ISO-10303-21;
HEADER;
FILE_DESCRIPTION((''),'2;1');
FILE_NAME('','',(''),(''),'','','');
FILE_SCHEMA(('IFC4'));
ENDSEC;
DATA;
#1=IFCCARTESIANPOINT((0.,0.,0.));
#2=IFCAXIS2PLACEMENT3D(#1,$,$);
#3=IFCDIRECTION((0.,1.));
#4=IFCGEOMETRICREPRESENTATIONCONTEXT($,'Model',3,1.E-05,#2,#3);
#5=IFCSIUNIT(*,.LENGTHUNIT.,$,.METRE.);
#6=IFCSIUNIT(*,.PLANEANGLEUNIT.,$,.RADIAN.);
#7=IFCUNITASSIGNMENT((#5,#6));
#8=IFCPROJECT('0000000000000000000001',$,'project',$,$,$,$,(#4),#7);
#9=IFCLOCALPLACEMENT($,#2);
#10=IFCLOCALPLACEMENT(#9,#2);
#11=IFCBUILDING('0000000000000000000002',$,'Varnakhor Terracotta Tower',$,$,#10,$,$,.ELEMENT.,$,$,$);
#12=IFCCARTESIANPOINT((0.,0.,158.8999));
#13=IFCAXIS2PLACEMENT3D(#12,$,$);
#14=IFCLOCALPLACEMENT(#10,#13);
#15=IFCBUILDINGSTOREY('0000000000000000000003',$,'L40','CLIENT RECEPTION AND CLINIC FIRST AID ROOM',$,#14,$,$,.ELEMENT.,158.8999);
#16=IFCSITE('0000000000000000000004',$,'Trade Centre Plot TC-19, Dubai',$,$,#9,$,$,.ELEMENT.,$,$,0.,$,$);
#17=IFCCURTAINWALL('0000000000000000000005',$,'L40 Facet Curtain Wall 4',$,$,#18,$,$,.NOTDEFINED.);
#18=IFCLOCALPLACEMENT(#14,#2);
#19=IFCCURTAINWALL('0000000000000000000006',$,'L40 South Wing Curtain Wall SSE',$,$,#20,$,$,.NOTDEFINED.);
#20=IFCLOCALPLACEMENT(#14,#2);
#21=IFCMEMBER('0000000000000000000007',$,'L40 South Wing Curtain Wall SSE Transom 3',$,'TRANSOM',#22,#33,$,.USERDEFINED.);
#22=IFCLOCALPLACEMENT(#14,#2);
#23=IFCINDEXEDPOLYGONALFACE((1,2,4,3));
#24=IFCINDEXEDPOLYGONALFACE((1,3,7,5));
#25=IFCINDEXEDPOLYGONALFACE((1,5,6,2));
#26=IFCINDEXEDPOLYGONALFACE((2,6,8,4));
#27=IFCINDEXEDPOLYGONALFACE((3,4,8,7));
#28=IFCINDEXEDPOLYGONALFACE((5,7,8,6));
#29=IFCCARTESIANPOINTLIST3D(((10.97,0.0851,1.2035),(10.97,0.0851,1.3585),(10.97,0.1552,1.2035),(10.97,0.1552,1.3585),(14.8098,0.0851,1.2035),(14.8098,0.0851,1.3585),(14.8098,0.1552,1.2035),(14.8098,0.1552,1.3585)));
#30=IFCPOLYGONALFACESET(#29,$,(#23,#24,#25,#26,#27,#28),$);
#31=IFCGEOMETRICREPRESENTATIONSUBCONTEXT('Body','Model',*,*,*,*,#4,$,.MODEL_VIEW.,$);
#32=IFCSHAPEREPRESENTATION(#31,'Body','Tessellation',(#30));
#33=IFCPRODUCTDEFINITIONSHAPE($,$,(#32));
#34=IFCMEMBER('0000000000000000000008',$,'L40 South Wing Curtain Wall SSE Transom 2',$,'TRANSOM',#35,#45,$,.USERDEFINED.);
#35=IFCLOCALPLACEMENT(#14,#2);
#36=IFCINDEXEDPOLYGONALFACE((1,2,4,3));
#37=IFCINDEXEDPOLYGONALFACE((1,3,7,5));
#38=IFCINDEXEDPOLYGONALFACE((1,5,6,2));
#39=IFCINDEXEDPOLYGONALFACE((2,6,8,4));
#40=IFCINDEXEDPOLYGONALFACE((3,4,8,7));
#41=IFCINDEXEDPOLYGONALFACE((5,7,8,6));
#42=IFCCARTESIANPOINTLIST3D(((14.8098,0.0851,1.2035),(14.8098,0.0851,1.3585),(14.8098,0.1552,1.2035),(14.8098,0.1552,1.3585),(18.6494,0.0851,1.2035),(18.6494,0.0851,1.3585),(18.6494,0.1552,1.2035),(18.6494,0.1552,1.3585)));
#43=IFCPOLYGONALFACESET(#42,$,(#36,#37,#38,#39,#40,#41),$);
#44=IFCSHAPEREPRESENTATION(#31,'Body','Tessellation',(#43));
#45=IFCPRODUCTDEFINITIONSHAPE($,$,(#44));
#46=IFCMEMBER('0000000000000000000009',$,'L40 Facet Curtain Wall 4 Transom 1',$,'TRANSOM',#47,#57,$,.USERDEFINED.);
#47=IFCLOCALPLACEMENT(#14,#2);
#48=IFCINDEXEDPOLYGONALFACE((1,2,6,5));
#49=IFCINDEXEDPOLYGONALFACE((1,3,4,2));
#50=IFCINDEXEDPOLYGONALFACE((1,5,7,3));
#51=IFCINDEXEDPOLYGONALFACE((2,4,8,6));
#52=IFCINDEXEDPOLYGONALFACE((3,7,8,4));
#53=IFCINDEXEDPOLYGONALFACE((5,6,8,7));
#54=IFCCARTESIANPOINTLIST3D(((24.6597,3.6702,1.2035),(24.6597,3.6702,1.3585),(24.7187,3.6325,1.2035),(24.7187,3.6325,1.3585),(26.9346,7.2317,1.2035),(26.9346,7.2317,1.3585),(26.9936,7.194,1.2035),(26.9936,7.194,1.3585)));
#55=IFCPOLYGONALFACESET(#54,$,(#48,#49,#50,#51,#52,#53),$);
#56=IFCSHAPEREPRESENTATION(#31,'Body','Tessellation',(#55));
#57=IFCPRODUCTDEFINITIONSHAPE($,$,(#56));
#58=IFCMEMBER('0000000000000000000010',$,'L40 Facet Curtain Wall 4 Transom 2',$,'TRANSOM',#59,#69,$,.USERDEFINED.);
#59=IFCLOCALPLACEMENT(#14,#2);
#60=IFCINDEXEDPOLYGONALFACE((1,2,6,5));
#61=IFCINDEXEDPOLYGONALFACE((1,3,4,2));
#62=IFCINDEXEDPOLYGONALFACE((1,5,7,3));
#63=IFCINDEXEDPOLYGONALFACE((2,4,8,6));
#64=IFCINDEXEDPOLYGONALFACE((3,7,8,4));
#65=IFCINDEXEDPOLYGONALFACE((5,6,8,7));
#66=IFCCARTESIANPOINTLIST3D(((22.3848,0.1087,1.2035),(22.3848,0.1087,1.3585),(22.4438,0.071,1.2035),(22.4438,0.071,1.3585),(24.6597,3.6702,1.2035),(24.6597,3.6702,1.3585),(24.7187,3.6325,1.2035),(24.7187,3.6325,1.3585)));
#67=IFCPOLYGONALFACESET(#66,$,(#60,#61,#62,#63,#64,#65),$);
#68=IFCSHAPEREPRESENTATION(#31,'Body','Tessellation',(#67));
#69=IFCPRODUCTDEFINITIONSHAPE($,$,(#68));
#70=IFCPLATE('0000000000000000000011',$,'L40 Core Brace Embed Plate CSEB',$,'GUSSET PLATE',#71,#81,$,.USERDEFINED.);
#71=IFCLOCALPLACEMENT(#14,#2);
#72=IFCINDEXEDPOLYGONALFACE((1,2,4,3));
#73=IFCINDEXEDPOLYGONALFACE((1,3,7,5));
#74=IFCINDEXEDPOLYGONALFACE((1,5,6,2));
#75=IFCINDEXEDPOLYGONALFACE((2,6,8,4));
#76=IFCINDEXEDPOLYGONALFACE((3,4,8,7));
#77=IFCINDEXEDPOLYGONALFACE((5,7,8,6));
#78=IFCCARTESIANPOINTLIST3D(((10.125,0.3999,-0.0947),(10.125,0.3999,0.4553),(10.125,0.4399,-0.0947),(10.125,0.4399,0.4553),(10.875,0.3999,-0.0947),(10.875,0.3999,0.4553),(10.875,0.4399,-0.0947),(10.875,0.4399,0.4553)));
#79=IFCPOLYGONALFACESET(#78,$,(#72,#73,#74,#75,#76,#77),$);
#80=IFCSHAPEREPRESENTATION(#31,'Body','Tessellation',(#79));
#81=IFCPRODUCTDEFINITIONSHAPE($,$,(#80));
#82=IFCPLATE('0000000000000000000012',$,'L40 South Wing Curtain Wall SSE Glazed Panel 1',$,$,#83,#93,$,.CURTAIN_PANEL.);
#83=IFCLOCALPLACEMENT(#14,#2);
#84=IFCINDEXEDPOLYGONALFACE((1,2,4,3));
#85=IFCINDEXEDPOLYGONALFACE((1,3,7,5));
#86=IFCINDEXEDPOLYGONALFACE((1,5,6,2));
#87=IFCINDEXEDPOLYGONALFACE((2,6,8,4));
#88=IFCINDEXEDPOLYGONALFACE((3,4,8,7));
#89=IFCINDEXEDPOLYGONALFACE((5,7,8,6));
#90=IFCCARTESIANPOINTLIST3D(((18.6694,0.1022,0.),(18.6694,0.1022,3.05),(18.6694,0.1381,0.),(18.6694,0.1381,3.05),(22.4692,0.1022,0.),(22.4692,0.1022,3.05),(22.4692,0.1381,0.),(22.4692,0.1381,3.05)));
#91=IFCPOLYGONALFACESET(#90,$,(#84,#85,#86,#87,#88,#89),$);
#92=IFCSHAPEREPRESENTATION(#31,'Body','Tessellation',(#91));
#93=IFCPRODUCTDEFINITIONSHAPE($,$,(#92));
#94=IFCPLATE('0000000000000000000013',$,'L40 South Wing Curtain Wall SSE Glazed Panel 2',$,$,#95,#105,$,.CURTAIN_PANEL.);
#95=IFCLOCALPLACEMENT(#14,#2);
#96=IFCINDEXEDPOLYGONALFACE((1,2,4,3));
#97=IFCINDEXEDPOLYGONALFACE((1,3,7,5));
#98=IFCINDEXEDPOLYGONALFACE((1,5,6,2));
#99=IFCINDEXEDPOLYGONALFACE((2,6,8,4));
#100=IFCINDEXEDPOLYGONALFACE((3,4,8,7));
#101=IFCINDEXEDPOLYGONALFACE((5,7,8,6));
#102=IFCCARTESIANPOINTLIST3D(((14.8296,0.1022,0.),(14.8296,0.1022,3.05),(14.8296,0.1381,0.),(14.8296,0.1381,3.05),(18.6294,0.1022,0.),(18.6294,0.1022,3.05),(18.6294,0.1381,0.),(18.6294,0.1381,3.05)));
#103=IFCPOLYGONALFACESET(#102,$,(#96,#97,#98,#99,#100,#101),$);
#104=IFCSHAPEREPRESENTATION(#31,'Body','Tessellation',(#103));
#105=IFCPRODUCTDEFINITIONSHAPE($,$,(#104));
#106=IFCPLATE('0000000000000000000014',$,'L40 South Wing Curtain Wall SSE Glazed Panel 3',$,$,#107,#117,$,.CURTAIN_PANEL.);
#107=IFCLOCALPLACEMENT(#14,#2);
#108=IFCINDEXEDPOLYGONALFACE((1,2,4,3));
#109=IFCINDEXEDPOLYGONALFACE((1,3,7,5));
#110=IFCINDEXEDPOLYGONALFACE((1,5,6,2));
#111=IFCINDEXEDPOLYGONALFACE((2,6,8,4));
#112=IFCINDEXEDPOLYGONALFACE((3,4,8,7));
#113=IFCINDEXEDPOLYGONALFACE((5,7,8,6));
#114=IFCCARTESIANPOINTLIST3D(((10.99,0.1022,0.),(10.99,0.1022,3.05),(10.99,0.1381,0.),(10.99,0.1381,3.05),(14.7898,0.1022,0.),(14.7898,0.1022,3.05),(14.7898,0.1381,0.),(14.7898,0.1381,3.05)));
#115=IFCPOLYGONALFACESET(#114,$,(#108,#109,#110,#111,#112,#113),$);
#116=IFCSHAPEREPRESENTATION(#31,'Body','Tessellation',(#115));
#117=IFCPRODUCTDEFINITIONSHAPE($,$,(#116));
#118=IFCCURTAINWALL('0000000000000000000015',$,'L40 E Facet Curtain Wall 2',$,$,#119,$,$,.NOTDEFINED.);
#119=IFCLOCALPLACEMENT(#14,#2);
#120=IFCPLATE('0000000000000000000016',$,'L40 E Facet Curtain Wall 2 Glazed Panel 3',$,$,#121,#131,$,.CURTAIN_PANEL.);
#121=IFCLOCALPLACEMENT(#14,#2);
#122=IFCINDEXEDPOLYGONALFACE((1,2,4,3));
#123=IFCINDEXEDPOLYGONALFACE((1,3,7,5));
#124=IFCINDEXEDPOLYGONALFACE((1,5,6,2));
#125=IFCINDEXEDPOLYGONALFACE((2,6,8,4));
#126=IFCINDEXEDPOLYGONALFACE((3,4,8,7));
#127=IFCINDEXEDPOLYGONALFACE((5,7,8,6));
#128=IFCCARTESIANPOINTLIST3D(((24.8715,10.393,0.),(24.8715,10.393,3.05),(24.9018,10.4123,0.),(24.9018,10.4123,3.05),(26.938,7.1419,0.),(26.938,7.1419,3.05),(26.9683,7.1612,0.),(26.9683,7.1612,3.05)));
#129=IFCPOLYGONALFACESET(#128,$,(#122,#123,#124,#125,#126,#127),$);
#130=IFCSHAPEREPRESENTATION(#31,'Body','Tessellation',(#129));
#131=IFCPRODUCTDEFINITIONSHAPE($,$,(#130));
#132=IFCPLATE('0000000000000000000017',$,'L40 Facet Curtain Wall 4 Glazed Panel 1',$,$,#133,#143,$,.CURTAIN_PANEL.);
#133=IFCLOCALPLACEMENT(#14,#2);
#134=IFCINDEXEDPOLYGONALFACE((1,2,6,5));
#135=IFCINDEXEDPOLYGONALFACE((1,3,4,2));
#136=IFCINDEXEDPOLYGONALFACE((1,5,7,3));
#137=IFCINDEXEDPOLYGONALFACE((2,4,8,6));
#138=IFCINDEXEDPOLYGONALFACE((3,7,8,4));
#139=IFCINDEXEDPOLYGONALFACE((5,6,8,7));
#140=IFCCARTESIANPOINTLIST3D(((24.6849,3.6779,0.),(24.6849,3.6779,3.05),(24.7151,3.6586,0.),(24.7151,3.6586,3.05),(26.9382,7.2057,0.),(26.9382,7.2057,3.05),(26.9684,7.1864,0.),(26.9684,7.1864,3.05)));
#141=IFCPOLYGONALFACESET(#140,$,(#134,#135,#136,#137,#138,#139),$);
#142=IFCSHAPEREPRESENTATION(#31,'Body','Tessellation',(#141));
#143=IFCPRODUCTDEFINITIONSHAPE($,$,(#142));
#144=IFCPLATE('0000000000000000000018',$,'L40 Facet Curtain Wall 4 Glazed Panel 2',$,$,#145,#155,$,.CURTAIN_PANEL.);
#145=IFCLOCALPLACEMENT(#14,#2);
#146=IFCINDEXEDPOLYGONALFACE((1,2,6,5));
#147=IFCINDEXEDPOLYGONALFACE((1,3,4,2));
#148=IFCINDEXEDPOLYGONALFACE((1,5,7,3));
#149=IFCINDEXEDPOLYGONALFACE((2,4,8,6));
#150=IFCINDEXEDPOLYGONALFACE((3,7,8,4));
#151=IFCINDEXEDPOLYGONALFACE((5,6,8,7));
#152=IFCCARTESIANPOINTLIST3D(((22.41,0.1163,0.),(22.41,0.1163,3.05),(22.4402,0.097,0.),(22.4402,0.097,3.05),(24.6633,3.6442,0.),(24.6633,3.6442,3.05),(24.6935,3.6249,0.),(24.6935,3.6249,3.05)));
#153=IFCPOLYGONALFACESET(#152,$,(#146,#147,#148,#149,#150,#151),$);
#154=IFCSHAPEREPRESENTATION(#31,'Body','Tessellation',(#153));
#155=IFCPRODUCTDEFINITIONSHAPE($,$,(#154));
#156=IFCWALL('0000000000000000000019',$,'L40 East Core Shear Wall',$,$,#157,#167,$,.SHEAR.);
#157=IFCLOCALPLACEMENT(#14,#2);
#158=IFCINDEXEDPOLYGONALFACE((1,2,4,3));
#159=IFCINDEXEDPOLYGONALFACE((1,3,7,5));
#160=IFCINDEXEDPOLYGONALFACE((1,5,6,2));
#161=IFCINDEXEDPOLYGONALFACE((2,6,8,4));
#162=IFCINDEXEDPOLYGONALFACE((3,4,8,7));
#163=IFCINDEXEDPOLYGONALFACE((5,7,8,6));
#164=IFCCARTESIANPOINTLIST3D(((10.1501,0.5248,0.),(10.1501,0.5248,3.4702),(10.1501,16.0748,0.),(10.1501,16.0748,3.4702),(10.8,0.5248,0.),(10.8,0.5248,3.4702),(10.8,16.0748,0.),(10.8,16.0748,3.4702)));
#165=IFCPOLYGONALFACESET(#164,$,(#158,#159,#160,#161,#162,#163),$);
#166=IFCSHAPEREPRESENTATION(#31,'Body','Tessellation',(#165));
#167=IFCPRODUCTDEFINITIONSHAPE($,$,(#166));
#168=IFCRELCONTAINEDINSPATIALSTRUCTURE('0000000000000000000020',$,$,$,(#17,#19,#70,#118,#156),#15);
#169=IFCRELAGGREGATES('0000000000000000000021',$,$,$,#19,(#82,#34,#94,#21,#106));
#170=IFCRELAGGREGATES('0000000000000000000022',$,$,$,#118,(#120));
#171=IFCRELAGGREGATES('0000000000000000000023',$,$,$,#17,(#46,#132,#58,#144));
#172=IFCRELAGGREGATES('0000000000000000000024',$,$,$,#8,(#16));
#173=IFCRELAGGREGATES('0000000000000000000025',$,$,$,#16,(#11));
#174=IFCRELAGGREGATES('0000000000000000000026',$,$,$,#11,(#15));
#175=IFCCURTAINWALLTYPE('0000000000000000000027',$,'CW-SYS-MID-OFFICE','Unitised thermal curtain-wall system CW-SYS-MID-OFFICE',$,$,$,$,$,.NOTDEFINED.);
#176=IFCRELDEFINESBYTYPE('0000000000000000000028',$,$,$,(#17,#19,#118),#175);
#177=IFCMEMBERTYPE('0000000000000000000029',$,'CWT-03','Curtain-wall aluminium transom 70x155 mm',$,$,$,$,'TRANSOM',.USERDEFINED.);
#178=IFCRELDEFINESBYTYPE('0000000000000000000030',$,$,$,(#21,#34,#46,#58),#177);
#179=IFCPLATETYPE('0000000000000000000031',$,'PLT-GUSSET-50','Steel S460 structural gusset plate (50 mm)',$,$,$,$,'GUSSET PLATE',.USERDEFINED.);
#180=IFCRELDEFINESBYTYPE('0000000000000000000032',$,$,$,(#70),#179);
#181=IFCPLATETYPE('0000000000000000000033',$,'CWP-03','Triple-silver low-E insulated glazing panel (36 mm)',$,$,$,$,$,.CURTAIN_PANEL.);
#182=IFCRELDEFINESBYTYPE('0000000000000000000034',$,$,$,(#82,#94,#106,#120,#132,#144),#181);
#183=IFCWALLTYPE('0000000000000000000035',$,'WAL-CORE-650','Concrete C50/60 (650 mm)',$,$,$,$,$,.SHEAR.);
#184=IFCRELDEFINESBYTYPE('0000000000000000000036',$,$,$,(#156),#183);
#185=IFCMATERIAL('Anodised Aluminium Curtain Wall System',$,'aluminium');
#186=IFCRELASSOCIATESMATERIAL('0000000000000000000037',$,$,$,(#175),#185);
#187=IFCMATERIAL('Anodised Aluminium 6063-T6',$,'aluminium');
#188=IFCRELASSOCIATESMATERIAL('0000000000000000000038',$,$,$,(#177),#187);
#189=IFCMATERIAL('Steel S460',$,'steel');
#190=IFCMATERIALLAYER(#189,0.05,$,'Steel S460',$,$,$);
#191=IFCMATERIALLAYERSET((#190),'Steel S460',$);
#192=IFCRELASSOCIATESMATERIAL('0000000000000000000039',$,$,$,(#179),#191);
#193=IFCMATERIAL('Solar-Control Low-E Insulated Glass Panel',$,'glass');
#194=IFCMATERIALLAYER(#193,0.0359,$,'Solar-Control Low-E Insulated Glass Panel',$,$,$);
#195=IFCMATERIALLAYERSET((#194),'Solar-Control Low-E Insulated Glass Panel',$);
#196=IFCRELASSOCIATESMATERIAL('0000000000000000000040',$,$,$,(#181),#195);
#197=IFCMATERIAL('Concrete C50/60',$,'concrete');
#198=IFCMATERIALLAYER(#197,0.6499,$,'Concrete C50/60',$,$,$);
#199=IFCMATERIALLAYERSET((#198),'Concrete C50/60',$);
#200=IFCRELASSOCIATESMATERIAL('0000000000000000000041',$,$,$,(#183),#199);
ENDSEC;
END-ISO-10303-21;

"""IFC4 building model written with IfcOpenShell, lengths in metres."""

from ifc_helpers import new_model, si_unit, direction, frame, frame_2d, origin, origin_2d, place, context, subcontext, project, spatial, rectangle, extrude, source, transform, mapped, material, layer, layer_set, material_profile, profile_set, type_object, type_shapes, element, aggregate, save


model = new_model("IFC4")

# Units and contexts
model_context = context("Model", 3, precision=1e-05, world=origin(), true_north=direction((0.0, 1.0)))
body_context = subcontext(model_context, "Body", "Model", "MODEL_VIEW")
ifc_project = project(units=[si_unit("LENGTHUNIT", "METRE"), si_unit("PLANEANGLEUNIT", "RADIAN")], contexts=[model_context])

# Site, building, storey
site_placement = place(None, origin())
site = spatial("IfcSite", under=ifc_project, at=site_placement, Name="Trade Centre Plot TC-19, Dubai", CompositionType="ELEMENT", RefElevation=0.0)
building_placement = place(site_placement, origin())
building = spatial("IfcBuilding", under=site, at=building_placement, Name="Varnakhor Terracotta Tower", CompositionType="ELEMENT")
storey_placement = place(building_placement, frame((0.0, 0.0, 158.8999)))
storey = spatial("IfcBuildingStorey", under=building, at=storey_placement, Name="L40", Description="CLIENT RECEPTION AND CLINIC FIRST AID ROOM", CompositionType="ELEMENT", Elevation=158.8999)

# Shared definitions
ifc_material_1 = material(Name="Concrete C50/60", Category="concrete")
ifc_material_2 = material(Name="Steel S460", Category="steel")

# Curtain walls, members
ifc_material_3 = material(Name="Anodised Aluminium Curtain Wall System", Category="aluminium")
curtain_wall_type = type_object("IfcCurtainWallType", Name="CW-SYS-MID-OFFICE", Description="Unitised thermal curtain-wall system CW-SYS-MID-OFFICE", PredefinedType="NOTDEFINED", material=ifc_material_3)
curtain_wall_1_placement = place(storey_placement, origin())
curtain_wall_1 = element("IfcCurtainWall", 1, at=curtain_wall_1_placement, inside=storey, type_object=curtain_wall_type, Name="L40 Facet Curtain Wall 4", PredefinedType="NOTDEFINED")
ifc_material_4 = material(Name="Anodised Aluminium 6063-T6", Category="aluminium")
curtain_wall_2_placement = place(storey_placement, origin())
curtain_wall_2 = element("IfcCurtainWall", 2, at=curtain_wall_2_placement, inside=storey, type_object=curtain_wall_type, Name="L40 South Wing Curtain Wall SSE", PredefinedType="NOTDEFINED")
ifc_material_profile_1 = material_profile(ifc_material_4, rectangle(XDim=0.0701, YDim=0.155, at=origin_2d()), Name="ALU TRANSOM 70x155")
ifc_profile_set_1 = profile_set([ifc_material_profile_1], Name="Anodised Aluminium 6063-T6")
member_type_1 = type_object("IfcMemberType", Name="CWT-03", Description="Curtain-wall aluminium transom 70x155 mm", ElementType="TRANSOM", PredefinedType="USERDEFINED", material=ifc_profile_set_1)
shared_shape_1 = source(origin(), body_context, "Body", "SweptSolid", [
    extrude(rectangle(XDim=0.0701, YDim=0.155, at=origin_2d()), origin(), (0.0, 0.0, 1.0), 3.8398),
])
member_1_placement = place(storey_placement, frame((14.8098, 0.1201, 1.281), z_axis=(-1.0, 0.0, 0.0), x_axis=(0.0, -1.0, 0.0)))
member_1 = element("IfcMember", 3, at=member_1_placement, type_object=member_type_1, Name="L40 South Wing Curtain Wall SSE Transom 3", ObjectType="TRANSOM", PredefinedType="USERDEFINED", context=body_context, shape_type="MappedRepresentation", body=[
    mapped(shared_shape_1, transform((0.0, 0.0, 0.0), scale=1.0)),
])
shared_shape_2 = source(origin(), body_context, "Body", "SweptSolid", [
    extrude(rectangle(XDim=0.0701, YDim=0.155, at=origin_2d()), origin(), (0.0, 0.0, 1.0), 3.8396),
])
member_2_placement = place(storey_placement, frame((18.6494, 0.1201, 1.281), z_axis=(-1.0, 0.0, 0.0), x_axis=(0.0, -1.0, 0.0)))
member_2 = element("IfcMember", 4, at=member_2_placement, type_object=member_type_1, Name="L40 South Wing Curtain Wall SSE Transom 2", ObjectType="TRANSOM", PredefinedType="USERDEFINED", context=body_context, shape_type="MappedRepresentation", body=[
    mapped(shared_shape_2, transform((0.0, 0.0, 0.0), scale=1.0)),
])

# Members
shared_shape_3 = source(origin(), body_context, "Body", "SweptSolid", [
    extrude(rectangle(XDim=0.0701, YDim=0.155, at=origin_2d()), origin(), (0.0, 0.0, 1.0), 4.2261),
])
member_3_placement = place(storey_placement, frame((26.9641, 7.2129, 1.281), z_axis=(-0.538303, -0.842752, 0.0), x_axis=(0.842752, -0.538303, 0.0)))
member_3 = element("IfcMember", 5, at=member_3_placement, type_object=member_type_1, Name="L40 Facet Curtain Wall 4 Transom 1", ObjectType="TRANSOM", PredefinedType="USERDEFINED", context=body_context, shape_type="MappedRepresentation", body=[
    mapped(shared_shape_3, transform((0.0, 0.0, 0.0), scale=1.0)),
])
member_4_placement = place(storey_placement, frame((24.6892, 3.6514, 1.281), z_axis=(-0.538303, -0.842752, 0.0), x_axis=(0.842752, -0.538303, 0.0)))
member_4 = element("IfcMember", 6, at=member_4_placement, type_object=member_type_1, Name="L40 Facet Curtain Wall 4 Transom 2", ObjectType="TRANSOM", PredefinedType="USERDEFINED", context=body_context, shape_type="MappedRepresentation", body=[
    mapped(shared_shape_3, transform((0.0, 0.0, 0.0), scale=1.0)),
])

# Plates
ifc_layer_1 = layer(ifc_material_2, 0.05, Name="Steel S460")
ifc_layer_set_1 = layer_set([ifc_layer_1], Name="Steel S460")
plate_type_1 = type_object("IfcPlateType", Name="PLT-GUSSET-50", Description="Steel S460 structural gusset plate (50 mm)", ElementType="GUSSET PLATE", PredefinedType="USERDEFINED", material=ifc_layer_set_1)
shared_shape_4 = source(origin(), body_context, "Body", "SweptSolid", [
    extrude(rectangle(XDim=0.75, YDim=0.04, at=origin_2d()), origin(), (0.0, 0.0, 1.0), 0.55),
])
type_shapes(plate_type_1, [shared_shape_4])
plate_1_placement = place(storey_placement, frame((10.5, 0.4199, -0.0947), z_axis=(0.0, 0.0, 1.0), x_axis=(1.0, 0.0, 0.0)))
element("IfcPlate", 7, at=plate_1_placement, inside=storey, type_object=plate_type_1, Name="L40 Core Brace Embed Plate CSEB", ObjectType="GUSSET PLATE", PredefinedType="USERDEFINED", context=body_context, shape_type="MappedRepresentation", body=[
    mapped(shared_shape_4, transform((0.0, 0.0, 0.0), scale=1.0)),
])
ifc_material_5 = material(Name="Solar-Control Low-E Insulated Glass Panel", Category="glass")
ifc_layer_2 = layer(ifc_material_5, 0.0359, Name="Solar-Control Low-E Insulated Glass Panel")
ifc_layer_set_2 = layer_set([ifc_layer_2], Name="Solar-Control Low-E Insulated Glass Panel")
plate_type_2 = type_object("IfcPlateType", Name="CWP-03", Description="Triple-silver low-E insulated glazing panel (36 mm)", PredefinedType="CURTAIN_PANEL", material=ifc_layer_set_2)
shared_shape_5 = source(origin(), body_context, "Body", "SweptSolid", [
    extrude(rectangle(XDim=3.7998, YDim=0.0359, at=origin_2d()), origin(), (0.0, 0.0, 1.0), 3.05),
])
plate_2_placement = place(storey_placement, frame((20.5693, 0.1201, 0.0), z_axis=(0.0, 0.0, 1.0), x_axis=(-1.0, 0.0, 0.0)))
plate_2 = element("IfcPlate", 8, at=plate_2_placement, type_object=plate_type_2, Name="L40 South Wing Curtain Wall SSE Glazed Panel 1", PredefinedType="CURTAIN_PANEL", context=body_context, shape_type="MappedRepresentation", body=[
    mapped(shared_shape_5, transform((0.0, 0.0, 0.0), scale=1.0)),
])
plate_3_placement = place(storey_placement, frame((16.7295, 0.1201, 0.0), z_axis=(0.0, 0.0, 1.0), x_axis=(-1.0, 0.0, 0.0)))
plate_3 = element("IfcPlate", 9, at=plate_3_placement, type_object=plate_type_2, Name="L40 South Wing Curtain Wall SSE Glazed Panel 2", PredefinedType="CURTAIN_PANEL", context=body_context, shape_type="MappedRepresentation", body=[
    mapped(shared_shape_5, transform((0.0, 0.0, 0.0), scale=1.0)),
])
plate_4_placement = place(storey_placement, frame((12.8899, 0.1201, 0.0), z_axis=(0.0, 0.0, 1.0), x_axis=(-1.0, 0.0, 0.0)))
plate_4 = element("IfcPlate", 10, at=plate_4_placement, type_object=plate_type_2, Name="L40 South Wing Curtain Wall SSE Glazed Panel 3", PredefinedType="CURTAIN_PANEL", context=body_context, shape_type="MappedRepresentation", body=[
    mapped(shared_shape_5, transform((0.0, 0.0, 0.0), scale=1.0)),
])
aggregate(curtain_wall_2, [plate_2, member_2, plate_3, member_1, plate_4])

# Curtain wall, plate
curtain_wall_3_placement = place(storey_placement, origin())
curtain_wall_3 = element("IfcCurtainWall", 11, at=curtain_wall_3_placement, inside=storey, type_object=curtain_wall_type, Name="L40 E Facet Curtain Wall 2", PredefinedType="NOTDEFINED")
shared_shape_6 = source(origin(), body_context, "Body", "SweptSolid", [
    extrude(rectangle(XDim=3.8523, YDim=0.0359, at=origin_2d()), origin(), (0.0, 0.0, 1.0), 3.05),
])
plate_5_placement = place(storey_placement, frame((25.9199, 8.7771, 0.0), z_axis=(0.0, 0.0, 1.0), x_axis=(0.536431, -0.843944, 0.0)))
plate_5 = element("IfcPlate", 12, at=plate_5_placement, type_object=plate_type_2, Name="L40 E Facet Curtain Wall 2 Glazed Panel 3", PredefinedType="CURTAIN_PANEL", context=body_context, shape_type="MappedRepresentation", body=[
    mapped(shared_shape_6, transform((0.0, 0.0, 0.0), scale=1.0)),
])
aggregate(curtain_wall_3, [plate_5])

# Plates
shared_shape_7 = source(origin(), body_context, "Body", "SweptSolid", [
    extrude(rectangle(XDim=4.186, YDim=0.0359, at=origin_2d()), origin(), (0.0, 0.0, 1.0), 3.05),
])
plate_6_placement = place(storey_placement, frame((25.8267, 5.4321, 0.0), z_axis=(0.0, 0.0, 1.0), x_axis=(-0.538285, -0.842763, 0.0)))
plate_6 = element("IfcPlate", 13, at=plate_6_placement, type_object=plate_type_2, Name="L40 Facet Curtain Wall 4 Glazed Panel 1", PredefinedType="CURTAIN_PANEL", context=body_context, shape_type="MappedRepresentation", body=[
    mapped(shared_shape_7, transform((0.0, 0.0, 0.0), scale=1.0)),
])
plate_7_placement = place(storey_placement, frame((23.5518, 1.8706, 0.0), z_axis=(0.0, 0.0, 1.0), x_axis=(-0.538285, -0.842763, 0.0)))
plate_7 = element("IfcPlate", 14, at=plate_7_placement, type_object=plate_type_2, Name="L40 Facet Curtain Wall 4 Glazed Panel 2", PredefinedType="CURTAIN_PANEL", context=body_context, shape_type="MappedRepresentation", body=[
    mapped(shared_shape_7, transform((0.0, 0.0, 0.0), scale=1.0)),
])
aggregate(curtain_wall_1, [member_3, plate_6, member_4, plate_7])

# Wall
ifc_layer_3 = layer(ifc_material_1, 0.6499, Name="Concrete C50/60")
ifc_layer_set_3 = layer_set([ifc_layer_3], Name="Concrete C50/60")
wall_type_1 = type_object("IfcWallType", Name="WAL-CORE-650", Description="Concrete C50/60 (650 mm)", PredefinedType="SHEAR", material=ifc_layer_set_3)
wall_1_placement = place(storey_placement, frame((10.4751, 0.5249, 0.0), z_axis=(0.0, 0.0, 1.0), x_axis=(0.0, 1.0, 0.0)))
element("IfcWall", 15, at=wall_1_placement, inside=storey, type_object=wall_type_1, Name="L40 East Core Shear Wall", PredefinedType="SHEAR", context=body_context, shape_type="SweptSolid", body=[
    extrude(rectangle(XDim=15.55, YDim=0.6499, at=frame_2d((7.7749, 0.0))), origin(), (0.0, 0.0, 1.0), 3.4702),
])

save(model, "model.ifc")
